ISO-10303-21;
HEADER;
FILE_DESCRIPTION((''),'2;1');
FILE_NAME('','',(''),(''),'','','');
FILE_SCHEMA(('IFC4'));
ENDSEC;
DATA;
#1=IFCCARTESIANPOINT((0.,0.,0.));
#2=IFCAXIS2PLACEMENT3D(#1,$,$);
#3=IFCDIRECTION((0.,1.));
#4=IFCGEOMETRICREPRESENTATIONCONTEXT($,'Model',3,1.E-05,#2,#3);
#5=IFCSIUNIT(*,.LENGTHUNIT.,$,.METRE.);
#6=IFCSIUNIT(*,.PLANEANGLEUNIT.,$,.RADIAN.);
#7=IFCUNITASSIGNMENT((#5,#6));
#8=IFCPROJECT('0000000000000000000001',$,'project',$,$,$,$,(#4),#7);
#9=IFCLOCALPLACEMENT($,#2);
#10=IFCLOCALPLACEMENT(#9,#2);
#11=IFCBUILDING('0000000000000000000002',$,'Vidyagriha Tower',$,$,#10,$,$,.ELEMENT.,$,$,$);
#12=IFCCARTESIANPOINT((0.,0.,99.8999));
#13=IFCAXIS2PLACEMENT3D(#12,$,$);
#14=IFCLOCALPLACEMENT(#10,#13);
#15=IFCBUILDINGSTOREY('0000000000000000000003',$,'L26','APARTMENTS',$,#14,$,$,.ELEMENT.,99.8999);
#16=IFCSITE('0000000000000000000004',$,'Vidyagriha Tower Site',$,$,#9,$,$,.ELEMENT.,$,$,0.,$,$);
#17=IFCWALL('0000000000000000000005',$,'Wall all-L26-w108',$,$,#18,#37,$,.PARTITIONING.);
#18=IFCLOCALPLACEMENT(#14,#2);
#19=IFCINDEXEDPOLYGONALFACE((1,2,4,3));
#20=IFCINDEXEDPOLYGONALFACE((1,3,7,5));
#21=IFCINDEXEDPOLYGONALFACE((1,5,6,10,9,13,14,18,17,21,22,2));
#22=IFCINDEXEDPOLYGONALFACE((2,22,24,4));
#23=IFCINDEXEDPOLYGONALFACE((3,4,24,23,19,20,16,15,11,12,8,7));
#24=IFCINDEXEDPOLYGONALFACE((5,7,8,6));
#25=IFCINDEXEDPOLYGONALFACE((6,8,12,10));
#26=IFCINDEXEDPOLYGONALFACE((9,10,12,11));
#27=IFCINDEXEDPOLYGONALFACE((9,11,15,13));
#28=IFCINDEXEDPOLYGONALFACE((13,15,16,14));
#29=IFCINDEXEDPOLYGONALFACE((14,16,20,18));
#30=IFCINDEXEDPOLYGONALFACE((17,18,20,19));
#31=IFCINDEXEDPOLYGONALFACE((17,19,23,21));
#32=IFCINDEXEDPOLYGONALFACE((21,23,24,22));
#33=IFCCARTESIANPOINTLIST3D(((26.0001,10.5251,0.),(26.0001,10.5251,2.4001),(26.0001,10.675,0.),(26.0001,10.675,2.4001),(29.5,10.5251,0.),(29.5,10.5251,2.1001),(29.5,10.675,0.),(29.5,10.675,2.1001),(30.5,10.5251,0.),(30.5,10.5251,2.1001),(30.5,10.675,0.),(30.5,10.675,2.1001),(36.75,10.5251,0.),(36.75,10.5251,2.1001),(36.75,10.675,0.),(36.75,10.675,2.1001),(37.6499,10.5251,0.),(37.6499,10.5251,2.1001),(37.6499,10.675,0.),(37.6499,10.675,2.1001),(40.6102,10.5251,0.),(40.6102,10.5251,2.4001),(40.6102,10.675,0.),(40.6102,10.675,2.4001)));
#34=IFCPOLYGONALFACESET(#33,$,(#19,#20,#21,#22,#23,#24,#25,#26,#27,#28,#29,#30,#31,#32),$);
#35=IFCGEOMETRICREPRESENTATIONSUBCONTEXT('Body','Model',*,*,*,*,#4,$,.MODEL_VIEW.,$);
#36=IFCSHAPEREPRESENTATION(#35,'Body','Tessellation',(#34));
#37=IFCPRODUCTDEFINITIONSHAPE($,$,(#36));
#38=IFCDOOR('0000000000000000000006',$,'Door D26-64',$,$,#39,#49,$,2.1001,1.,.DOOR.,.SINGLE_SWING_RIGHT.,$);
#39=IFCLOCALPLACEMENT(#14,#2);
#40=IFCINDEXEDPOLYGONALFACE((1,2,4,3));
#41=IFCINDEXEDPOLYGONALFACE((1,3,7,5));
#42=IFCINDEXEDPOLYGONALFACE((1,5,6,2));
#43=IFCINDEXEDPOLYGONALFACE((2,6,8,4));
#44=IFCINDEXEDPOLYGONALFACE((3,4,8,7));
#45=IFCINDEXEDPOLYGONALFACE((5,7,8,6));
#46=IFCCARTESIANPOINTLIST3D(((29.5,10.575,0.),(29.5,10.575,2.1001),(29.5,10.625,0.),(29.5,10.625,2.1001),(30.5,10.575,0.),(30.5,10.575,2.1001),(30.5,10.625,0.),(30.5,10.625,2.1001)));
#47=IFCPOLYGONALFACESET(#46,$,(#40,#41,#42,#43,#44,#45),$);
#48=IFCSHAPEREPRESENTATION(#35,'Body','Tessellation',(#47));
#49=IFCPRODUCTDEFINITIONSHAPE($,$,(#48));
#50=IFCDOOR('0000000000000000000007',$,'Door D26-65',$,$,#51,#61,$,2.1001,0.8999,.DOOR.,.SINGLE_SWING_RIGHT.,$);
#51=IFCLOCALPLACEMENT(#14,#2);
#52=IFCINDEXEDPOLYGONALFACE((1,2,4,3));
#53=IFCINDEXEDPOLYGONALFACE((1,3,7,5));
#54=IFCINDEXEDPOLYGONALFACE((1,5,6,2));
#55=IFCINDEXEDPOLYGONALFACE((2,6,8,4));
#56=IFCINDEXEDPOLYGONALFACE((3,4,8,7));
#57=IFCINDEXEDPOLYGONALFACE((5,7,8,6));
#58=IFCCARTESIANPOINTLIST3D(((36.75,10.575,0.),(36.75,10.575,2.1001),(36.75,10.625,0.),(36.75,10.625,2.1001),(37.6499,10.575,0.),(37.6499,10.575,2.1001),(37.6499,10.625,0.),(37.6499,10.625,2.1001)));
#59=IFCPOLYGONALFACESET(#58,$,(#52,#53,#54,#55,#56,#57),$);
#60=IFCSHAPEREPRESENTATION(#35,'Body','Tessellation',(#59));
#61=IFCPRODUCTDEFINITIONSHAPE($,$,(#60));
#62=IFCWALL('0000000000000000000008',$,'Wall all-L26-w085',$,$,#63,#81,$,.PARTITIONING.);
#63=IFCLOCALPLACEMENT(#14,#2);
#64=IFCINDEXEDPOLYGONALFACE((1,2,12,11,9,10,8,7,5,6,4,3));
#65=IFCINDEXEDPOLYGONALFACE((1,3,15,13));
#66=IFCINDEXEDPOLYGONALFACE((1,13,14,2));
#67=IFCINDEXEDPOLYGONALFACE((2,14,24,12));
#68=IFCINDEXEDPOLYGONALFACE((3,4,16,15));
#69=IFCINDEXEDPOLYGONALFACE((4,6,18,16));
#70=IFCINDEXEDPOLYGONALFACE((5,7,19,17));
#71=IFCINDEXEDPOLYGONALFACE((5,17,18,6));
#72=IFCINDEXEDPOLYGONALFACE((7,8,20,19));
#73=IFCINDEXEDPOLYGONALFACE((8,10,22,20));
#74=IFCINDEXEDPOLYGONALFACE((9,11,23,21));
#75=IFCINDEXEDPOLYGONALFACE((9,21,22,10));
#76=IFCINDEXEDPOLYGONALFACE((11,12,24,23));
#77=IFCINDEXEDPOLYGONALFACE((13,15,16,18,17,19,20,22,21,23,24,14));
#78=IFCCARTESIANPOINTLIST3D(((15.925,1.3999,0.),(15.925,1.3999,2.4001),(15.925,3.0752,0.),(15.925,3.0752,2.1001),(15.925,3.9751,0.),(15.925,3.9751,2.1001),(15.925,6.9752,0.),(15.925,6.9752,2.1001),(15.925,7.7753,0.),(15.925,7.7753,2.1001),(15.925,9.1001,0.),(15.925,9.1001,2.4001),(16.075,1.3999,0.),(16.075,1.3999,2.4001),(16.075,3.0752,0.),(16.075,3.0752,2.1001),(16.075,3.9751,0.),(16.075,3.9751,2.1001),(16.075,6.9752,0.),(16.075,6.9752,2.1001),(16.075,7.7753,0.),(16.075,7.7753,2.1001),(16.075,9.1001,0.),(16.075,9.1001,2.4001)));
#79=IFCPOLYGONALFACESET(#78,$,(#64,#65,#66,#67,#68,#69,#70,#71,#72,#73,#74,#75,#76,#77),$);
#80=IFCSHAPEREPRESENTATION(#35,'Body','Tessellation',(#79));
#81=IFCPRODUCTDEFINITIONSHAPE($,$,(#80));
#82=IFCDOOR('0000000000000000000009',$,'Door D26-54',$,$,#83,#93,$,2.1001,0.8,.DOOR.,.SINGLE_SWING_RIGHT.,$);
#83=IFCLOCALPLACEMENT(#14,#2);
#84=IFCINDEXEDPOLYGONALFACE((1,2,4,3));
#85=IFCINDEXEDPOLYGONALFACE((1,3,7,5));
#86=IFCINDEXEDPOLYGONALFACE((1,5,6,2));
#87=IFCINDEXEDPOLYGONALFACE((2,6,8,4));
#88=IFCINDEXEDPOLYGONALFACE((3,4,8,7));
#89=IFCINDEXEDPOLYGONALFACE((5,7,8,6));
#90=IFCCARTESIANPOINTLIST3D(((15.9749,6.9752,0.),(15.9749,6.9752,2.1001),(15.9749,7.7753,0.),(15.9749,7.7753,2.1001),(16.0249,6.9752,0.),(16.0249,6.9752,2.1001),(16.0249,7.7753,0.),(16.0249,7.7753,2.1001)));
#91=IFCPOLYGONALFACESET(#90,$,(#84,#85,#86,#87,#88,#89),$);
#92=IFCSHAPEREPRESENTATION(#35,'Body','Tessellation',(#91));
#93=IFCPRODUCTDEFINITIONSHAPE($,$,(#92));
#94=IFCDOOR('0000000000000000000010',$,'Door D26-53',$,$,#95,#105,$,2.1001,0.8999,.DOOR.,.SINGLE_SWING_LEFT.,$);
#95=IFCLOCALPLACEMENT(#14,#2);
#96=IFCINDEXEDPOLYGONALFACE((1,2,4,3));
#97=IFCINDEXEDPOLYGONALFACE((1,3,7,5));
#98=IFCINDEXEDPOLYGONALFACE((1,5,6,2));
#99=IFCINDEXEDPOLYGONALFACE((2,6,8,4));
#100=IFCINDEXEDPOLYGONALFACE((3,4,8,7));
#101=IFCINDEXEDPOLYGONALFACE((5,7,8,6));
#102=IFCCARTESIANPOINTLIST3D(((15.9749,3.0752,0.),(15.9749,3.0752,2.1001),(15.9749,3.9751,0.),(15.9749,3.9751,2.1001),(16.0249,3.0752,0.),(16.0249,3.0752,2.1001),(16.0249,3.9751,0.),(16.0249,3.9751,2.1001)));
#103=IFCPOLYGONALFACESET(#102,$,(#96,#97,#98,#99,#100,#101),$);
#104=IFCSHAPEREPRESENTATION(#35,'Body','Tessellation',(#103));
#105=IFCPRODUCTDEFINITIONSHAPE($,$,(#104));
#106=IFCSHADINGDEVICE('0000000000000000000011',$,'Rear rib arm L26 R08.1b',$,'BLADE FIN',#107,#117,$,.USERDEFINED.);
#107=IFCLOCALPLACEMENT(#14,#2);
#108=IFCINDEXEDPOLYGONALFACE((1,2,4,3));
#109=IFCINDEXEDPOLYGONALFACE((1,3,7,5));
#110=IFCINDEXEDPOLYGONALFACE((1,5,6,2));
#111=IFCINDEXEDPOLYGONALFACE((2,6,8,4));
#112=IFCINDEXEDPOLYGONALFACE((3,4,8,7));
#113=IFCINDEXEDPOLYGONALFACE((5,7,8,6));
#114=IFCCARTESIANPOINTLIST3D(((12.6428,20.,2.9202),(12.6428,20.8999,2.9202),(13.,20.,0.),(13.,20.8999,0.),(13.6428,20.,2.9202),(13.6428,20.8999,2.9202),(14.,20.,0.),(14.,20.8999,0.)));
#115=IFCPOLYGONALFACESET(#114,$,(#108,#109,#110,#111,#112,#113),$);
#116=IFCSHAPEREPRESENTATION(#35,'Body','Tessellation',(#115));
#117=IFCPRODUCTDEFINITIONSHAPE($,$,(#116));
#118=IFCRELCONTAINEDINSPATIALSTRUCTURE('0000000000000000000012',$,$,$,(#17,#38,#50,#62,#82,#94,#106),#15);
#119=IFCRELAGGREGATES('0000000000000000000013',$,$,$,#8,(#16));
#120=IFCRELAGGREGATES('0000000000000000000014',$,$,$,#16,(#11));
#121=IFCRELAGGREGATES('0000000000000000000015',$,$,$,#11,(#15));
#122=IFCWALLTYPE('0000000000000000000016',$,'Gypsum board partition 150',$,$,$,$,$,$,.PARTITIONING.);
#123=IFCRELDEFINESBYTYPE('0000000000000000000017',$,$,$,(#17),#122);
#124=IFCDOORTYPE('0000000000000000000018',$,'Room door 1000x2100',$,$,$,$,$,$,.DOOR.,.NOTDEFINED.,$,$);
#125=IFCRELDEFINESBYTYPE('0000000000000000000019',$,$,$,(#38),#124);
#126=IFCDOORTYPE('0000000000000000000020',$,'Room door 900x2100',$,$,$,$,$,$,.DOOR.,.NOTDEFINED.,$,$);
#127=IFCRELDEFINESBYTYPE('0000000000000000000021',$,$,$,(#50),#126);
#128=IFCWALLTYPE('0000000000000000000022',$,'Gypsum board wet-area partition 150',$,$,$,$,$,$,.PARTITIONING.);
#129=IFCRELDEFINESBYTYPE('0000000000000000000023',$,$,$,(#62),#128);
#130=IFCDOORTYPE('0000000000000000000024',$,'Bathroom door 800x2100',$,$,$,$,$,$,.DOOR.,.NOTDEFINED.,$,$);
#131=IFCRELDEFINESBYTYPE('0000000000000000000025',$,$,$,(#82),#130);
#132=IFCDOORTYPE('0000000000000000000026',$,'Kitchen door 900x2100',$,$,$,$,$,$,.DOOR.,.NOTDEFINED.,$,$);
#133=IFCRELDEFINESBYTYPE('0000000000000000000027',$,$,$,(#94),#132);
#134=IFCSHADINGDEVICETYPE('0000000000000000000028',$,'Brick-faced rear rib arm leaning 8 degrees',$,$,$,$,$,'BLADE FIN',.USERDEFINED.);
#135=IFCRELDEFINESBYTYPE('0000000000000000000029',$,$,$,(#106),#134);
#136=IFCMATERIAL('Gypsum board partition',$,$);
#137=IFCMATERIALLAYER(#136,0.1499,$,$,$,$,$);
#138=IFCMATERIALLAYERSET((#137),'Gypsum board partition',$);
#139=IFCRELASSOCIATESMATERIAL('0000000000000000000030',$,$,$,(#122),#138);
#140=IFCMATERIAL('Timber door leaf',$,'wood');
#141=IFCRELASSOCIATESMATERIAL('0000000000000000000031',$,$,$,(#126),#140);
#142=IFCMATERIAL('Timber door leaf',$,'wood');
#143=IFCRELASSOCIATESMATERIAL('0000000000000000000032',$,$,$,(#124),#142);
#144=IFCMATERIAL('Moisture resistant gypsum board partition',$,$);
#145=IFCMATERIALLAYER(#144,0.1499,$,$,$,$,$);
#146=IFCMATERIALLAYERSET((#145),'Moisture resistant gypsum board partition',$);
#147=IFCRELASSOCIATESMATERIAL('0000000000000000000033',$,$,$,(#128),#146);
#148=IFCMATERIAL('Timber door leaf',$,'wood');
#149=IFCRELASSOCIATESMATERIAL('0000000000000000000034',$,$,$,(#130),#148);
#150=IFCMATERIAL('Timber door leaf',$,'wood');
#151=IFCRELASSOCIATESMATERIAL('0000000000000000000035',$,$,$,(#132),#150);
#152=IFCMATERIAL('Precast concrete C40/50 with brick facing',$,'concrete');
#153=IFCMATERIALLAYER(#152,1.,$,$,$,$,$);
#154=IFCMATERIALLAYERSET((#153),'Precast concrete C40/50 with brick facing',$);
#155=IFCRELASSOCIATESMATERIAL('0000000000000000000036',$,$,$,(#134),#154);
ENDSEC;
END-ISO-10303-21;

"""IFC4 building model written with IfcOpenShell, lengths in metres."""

from ifc_helpers import new_model, si_unit, direction, frame, frame_2d, origin, place, context, subcontext, project, spatial, polyline, rectangle, outline, extrude, material, layer, layer_set, type_object, element, fill, save


model = new_model("IFC4")

# Units and contexts
model_context = context("Model", 3, precision=1e-05, world=origin(), true_north=direction((0.0, 1.0)))
body_context = subcontext(model_context, "Body", "Model", "MODEL_VIEW")
ifc_project = project(units=[si_unit("LENGTHUNIT", "METRE"), si_unit("PLANEANGLEUNIT", "RADIAN")], contexts=[model_context])

# Site, building, storey
site_placement = place(None, origin())
site = spatial("IfcSite", under=ifc_project, at=site_placement, Name="Vidyagriha Tower Site", CompositionType="ELEMENT", RefElevation=0.0)
building_placement = place(site_placement, origin())
building = spatial("IfcBuilding", under=site, at=building_placement, Name="Vidyagriha Tower", CompositionType="ELEMENT")
storey_placement = place(building_placement, frame((0.0, 0.0, 99.8999)))
storey = spatial("IfcBuildingStorey", under=building, at=storey_placement, Name="L26", Description="APARTMENTS", CompositionType="ELEMENT", Elevation=99.8999)

# Shared definitions
ifc_material_1 = material(Name="Gypsum board partition")
ifc_layer_1 = layer(ifc_material_1, 0.1499)
ifc_layer_set_1 = layer_set([ifc_layer_1], Name="Gypsum board partition")
wall_type_1 = type_object("IfcWallType", Name="Gypsum board partition 150", PredefinedType="PARTITIONING", material=ifc_layer_set_1)

# Shared definitions
ifc_material_2 = material(Name="Timber door leaf", Category="wood")
door_type_1 = type_object("IfcDoorType", Name="Room door 900x2100", OperationType="NOTDEFINED", PredefinedType="DOOR", material=ifc_material_2)

# Walls, openings, doors
wall_1_placement = place(storey_placement, frame((26.0, 10.6001, 0.0)))
wall_1 = element("IfcWall", 1, at=wall_1_placement, inside=storey, type_object=wall_type_1, Name="Wall all-L26-w108", PredefinedType="PARTITIONING", context=body_context, shape_type="SweptSolid", body=[
    extrude(rectangle(XDim=14.6101, YDim=0.1499, at=frame_2d((7.3052, 0.0))), origin(), (0.0, 0.0, 1.0), 2.4001),
])
opening_1_placement = place(wall_1_placement, frame((3.5, 0.0, 0.0)))
opening_1 = element("IfcOpeningElement", 2, at=opening_1_placement, cuts=wall_1, PredefinedType="OPENING", context=body_context, shape_type="SweptSolid", body=[
    extrude(rectangle(XDim=1.0, YDim=2.1001, at=frame_2d((0.5, 1.05))), frame((0.0, 0.085, 0.0), z_axis=(0.0, -1.0, 0.0), x_axis=(1.0, 0.0, 0.0)), (0.0, 0.0, 1.0), 0.1699),
])
opening_2_placement = place(wall_1_placement, frame((10.75, 0.0, 0.0)))
opening_2 = element("IfcOpeningElement", 3, at=opening_2_placement, cuts=wall_1, PredefinedType="OPENING", context=body_context, shape_type="SweptSolid", body=[
    extrude(rectangle(XDim=0.8999, YDim=2.1001, at=frame_2d((0.45, 1.05))), frame((0.0, 0.085, 0.0), z_axis=(0.0, -1.0, 0.0), x_axis=(1.0, 0.0, 0.0)), (0.0, 0.0, 1.0), 0.1699),
])
ifc_material_3 = material(Name="Timber door leaf", Category="wood")
door_type_2 = type_object("IfcDoorType", Name="Room door 1000x2100", OperationType="NOTDEFINED", PredefinedType="DOOR", material=ifc_material_3)
door_1_placement = place(opening_1_placement, origin())
door_1 = element("IfcDoor", 4, at=door_1_placement, inside=storey, type_object=door_type_2, Name="Door D26-64", OperationType="SINGLE_SWING_RIGHT", OverallHeight=2.1001, OverallWidth=1.0, PredefinedType="DOOR", context=body_context, shape_type="SweptSolid", body=[
    extrude(rectangle(XDim=1.0, YDim=2.1001, at=frame_2d((0.5, 1.05))), frame((0.0, 0.0249, 0.0), z_axis=(0.0, -1.0, 0.0), x_axis=(1.0, 0.0, 0.0)), (0.0, 0.0, 1.0), 0.05),
])
fill(opening_1, door_1)
door_2_placement = place(opening_2_placement, origin())
door_2 = element("IfcDoor", 5, at=door_2_placement, inside=storey, type_object=door_type_1, Name="Door D26-65", OperationType="SINGLE_SWING_RIGHT", OverallHeight=2.1001, OverallWidth=0.8999, PredefinedType="DOOR", context=body_context, shape_type="SweptSolid", body=[
    extrude(rectangle(XDim=0.8999, YDim=2.1001, at=frame_2d((0.45, 1.05))), frame((0.0, 0.0249, 0.0), z_axis=(0.0, -1.0, 0.0), x_axis=(1.0, 0.0, 0.0)), (0.0, 0.0, 1.0), 0.05),
])
fill(opening_2, door_2)
ifc_material_4 = material(Name="Moisture resistant gypsum board partition")
ifc_layer_2 = layer(ifc_material_4, 0.1499)
ifc_layer_set_2 = layer_set([ifc_layer_2], Name="Moisture resistant gypsum board partition")
wall_type_2 = type_object("IfcWallType", Name="Gypsum board wet-area partition 150", PredefinedType="PARTITIONING", material=ifc_layer_set_2)
wall_2_placement = place(storey_placement, frame((16.0, 9.1001, 0.0), z_axis=(0.0, 0.0, 1.0), x_axis=(0.0, -1.0, 0.0)))
wall_2 = element("IfcWall", 6, at=wall_2_placement, inside=storey, type_object=wall_type_2, Name="Wall all-L26-w085", PredefinedType="PARTITIONING", context=body_context, shape_type="SweptSolid", body=[
    extrude(rectangle(XDim=7.7002, YDim=0.1499, at=frame_2d((3.8501, 0.0))), origin(), (0.0, 0.0, 1.0), 2.4001),
])
opening_3_placement = place(wall_2_placement, frame((5.125, 0.0, 0.0)))
opening_3 = element("IfcOpeningElement", 7, at=opening_3_placement, cuts=wall_2, PredefinedType="OPENING", context=body_context, shape_type="SweptSolid", body=[
    extrude(rectangle(XDim=0.8999, YDim=2.1001, at=frame_2d((0.45, 1.05))), frame((0.0, 0.085, 0.0), z_axis=(0.0, -1.0, 0.0), x_axis=(1.0, 0.0, 0.0)), (0.0, 0.0, 1.0), 0.1699),
])
opening_4_placement = place(wall_2_placement, frame((1.325, 0.0, 0.0)))
opening_4 = element("IfcOpeningElement", 8, at=opening_4_placement, cuts=wall_2, PredefinedType="OPENING", context=body_context, shape_type="SweptSolid", body=[
    extrude(rectangle(XDim=0.8, YDim=2.1001, at=frame_2d((0.3999, 1.05))), frame((0.0, 0.085, 0.0), z_axis=(0.0, -1.0, 0.0), x_axis=(1.0, 0.0, 0.0)), (0.0, 0.0, 1.0), 0.1699),
])
ifc_material_5 = material(Name="Timber door leaf", Category="wood")
door_type_3 = type_object("IfcDoorType", Name="Bathroom door 800x2100", OperationType="NOTDEFINED", PredefinedType="DOOR", material=ifc_material_5)
door_3_placement = place(opening_4_placement, origin())
door_3 = element("IfcDoor", 9, at=door_3_placement, inside=storey, type_object=door_type_3, Name="Door D26-54", OperationType="SINGLE_SWING_RIGHT", OverallHeight=2.1001, OverallWidth=0.8, PredefinedType="DOOR", context=body_context, shape_type="SweptSolid", body=[
    extrude(rectangle(XDim=0.8, YDim=2.1001, at=frame_2d((0.3999, 1.05))), frame((0.0, 0.0249, 0.0), z_axis=(0.0, -1.0, 0.0), x_axis=(1.0, 0.0, 0.0)), (0.0, 0.0, 1.0), 0.05),
])
fill(opening_4, door_3)
ifc_material_6 = material(Name="Timber door leaf", Category="wood")
door_type_4 = type_object("IfcDoorType", Name="Kitchen door 900x2100", OperationType="NOTDEFINED", PredefinedType="DOOR", material=ifc_material_6)
door_4_placement = place(opening_3_placement, origin())
door_4 = element("IfcDoor", 10, at=door_4_placement, inside=storey, type_object=door_type_4, Name="Door D26-53", OperationType="SINGLE_SWING_LEFT", OverallHeight=2.1001, OverallWidth=0.8999, PredefinedType="DOOR", context=body_context, shape_type="SweptSolid", body=[
    extrude(rectangle(XDim=0.8999, YDim=2.1001, at=frame_2d((0.45, 1.05))), frame((0.0, 0.0249, 0.0), z_axis=(0.0, -1.0, 0.0), x_axis=(1.0, 0.0, 0.0)), (0.0, 0.0, 1.0), 0.05),
])
fill(opening_3, door_4)

# Shading device
ifc_material_7 = material(Name="Precast concrete C40/50 with brick facing", Category="concrete")
ifc_layer_3 = layer(ifc_material_7, 1.0)
ifc_layer_set_3 = layer_set([ifc_layer_3], Name="Precast concrete C40/50 with brick facing")
shading_device_type = type_object("IfcShadingDeviceType", Name="Brick-faced rear rib arm leaning 8 degrees", ElementType="BLADE FIN", PredefinedType="USERDEFINED", material=ifc_layer_set_3)
shading_device_placement = place(storey_placement, frame((14.0, 20.45, 0.0), z_axis=(0.0, 0.0, 1.0), x_axis=(-1.0, 0.0, 0.0)))
element("IfcShadingDevice", 11, at=shading_device_placement, inside=storey, type_object=shading_device_type, Name="Rear rib arm L26 R08.1b", ObjectType="BLADE FIN", PredefinedType="USERDEFINED", context=body_context, shape_type="SweptSolid", body=[
    extrude(outline(polyline([(0.0, 0.0), (1.0, 0.0), (1.3572, 2.9202), (0.3572, 2.9202), (0.0, 0.0)])), frame((0.0, 0.45, 0.0), z_axis=(0.0, -1.0, 0.0), x_axis=(1.0, 0.0, 0.0)), (0.0, 0.0, 1.0), 0.8999),
])

save(model, "model.ifc")
